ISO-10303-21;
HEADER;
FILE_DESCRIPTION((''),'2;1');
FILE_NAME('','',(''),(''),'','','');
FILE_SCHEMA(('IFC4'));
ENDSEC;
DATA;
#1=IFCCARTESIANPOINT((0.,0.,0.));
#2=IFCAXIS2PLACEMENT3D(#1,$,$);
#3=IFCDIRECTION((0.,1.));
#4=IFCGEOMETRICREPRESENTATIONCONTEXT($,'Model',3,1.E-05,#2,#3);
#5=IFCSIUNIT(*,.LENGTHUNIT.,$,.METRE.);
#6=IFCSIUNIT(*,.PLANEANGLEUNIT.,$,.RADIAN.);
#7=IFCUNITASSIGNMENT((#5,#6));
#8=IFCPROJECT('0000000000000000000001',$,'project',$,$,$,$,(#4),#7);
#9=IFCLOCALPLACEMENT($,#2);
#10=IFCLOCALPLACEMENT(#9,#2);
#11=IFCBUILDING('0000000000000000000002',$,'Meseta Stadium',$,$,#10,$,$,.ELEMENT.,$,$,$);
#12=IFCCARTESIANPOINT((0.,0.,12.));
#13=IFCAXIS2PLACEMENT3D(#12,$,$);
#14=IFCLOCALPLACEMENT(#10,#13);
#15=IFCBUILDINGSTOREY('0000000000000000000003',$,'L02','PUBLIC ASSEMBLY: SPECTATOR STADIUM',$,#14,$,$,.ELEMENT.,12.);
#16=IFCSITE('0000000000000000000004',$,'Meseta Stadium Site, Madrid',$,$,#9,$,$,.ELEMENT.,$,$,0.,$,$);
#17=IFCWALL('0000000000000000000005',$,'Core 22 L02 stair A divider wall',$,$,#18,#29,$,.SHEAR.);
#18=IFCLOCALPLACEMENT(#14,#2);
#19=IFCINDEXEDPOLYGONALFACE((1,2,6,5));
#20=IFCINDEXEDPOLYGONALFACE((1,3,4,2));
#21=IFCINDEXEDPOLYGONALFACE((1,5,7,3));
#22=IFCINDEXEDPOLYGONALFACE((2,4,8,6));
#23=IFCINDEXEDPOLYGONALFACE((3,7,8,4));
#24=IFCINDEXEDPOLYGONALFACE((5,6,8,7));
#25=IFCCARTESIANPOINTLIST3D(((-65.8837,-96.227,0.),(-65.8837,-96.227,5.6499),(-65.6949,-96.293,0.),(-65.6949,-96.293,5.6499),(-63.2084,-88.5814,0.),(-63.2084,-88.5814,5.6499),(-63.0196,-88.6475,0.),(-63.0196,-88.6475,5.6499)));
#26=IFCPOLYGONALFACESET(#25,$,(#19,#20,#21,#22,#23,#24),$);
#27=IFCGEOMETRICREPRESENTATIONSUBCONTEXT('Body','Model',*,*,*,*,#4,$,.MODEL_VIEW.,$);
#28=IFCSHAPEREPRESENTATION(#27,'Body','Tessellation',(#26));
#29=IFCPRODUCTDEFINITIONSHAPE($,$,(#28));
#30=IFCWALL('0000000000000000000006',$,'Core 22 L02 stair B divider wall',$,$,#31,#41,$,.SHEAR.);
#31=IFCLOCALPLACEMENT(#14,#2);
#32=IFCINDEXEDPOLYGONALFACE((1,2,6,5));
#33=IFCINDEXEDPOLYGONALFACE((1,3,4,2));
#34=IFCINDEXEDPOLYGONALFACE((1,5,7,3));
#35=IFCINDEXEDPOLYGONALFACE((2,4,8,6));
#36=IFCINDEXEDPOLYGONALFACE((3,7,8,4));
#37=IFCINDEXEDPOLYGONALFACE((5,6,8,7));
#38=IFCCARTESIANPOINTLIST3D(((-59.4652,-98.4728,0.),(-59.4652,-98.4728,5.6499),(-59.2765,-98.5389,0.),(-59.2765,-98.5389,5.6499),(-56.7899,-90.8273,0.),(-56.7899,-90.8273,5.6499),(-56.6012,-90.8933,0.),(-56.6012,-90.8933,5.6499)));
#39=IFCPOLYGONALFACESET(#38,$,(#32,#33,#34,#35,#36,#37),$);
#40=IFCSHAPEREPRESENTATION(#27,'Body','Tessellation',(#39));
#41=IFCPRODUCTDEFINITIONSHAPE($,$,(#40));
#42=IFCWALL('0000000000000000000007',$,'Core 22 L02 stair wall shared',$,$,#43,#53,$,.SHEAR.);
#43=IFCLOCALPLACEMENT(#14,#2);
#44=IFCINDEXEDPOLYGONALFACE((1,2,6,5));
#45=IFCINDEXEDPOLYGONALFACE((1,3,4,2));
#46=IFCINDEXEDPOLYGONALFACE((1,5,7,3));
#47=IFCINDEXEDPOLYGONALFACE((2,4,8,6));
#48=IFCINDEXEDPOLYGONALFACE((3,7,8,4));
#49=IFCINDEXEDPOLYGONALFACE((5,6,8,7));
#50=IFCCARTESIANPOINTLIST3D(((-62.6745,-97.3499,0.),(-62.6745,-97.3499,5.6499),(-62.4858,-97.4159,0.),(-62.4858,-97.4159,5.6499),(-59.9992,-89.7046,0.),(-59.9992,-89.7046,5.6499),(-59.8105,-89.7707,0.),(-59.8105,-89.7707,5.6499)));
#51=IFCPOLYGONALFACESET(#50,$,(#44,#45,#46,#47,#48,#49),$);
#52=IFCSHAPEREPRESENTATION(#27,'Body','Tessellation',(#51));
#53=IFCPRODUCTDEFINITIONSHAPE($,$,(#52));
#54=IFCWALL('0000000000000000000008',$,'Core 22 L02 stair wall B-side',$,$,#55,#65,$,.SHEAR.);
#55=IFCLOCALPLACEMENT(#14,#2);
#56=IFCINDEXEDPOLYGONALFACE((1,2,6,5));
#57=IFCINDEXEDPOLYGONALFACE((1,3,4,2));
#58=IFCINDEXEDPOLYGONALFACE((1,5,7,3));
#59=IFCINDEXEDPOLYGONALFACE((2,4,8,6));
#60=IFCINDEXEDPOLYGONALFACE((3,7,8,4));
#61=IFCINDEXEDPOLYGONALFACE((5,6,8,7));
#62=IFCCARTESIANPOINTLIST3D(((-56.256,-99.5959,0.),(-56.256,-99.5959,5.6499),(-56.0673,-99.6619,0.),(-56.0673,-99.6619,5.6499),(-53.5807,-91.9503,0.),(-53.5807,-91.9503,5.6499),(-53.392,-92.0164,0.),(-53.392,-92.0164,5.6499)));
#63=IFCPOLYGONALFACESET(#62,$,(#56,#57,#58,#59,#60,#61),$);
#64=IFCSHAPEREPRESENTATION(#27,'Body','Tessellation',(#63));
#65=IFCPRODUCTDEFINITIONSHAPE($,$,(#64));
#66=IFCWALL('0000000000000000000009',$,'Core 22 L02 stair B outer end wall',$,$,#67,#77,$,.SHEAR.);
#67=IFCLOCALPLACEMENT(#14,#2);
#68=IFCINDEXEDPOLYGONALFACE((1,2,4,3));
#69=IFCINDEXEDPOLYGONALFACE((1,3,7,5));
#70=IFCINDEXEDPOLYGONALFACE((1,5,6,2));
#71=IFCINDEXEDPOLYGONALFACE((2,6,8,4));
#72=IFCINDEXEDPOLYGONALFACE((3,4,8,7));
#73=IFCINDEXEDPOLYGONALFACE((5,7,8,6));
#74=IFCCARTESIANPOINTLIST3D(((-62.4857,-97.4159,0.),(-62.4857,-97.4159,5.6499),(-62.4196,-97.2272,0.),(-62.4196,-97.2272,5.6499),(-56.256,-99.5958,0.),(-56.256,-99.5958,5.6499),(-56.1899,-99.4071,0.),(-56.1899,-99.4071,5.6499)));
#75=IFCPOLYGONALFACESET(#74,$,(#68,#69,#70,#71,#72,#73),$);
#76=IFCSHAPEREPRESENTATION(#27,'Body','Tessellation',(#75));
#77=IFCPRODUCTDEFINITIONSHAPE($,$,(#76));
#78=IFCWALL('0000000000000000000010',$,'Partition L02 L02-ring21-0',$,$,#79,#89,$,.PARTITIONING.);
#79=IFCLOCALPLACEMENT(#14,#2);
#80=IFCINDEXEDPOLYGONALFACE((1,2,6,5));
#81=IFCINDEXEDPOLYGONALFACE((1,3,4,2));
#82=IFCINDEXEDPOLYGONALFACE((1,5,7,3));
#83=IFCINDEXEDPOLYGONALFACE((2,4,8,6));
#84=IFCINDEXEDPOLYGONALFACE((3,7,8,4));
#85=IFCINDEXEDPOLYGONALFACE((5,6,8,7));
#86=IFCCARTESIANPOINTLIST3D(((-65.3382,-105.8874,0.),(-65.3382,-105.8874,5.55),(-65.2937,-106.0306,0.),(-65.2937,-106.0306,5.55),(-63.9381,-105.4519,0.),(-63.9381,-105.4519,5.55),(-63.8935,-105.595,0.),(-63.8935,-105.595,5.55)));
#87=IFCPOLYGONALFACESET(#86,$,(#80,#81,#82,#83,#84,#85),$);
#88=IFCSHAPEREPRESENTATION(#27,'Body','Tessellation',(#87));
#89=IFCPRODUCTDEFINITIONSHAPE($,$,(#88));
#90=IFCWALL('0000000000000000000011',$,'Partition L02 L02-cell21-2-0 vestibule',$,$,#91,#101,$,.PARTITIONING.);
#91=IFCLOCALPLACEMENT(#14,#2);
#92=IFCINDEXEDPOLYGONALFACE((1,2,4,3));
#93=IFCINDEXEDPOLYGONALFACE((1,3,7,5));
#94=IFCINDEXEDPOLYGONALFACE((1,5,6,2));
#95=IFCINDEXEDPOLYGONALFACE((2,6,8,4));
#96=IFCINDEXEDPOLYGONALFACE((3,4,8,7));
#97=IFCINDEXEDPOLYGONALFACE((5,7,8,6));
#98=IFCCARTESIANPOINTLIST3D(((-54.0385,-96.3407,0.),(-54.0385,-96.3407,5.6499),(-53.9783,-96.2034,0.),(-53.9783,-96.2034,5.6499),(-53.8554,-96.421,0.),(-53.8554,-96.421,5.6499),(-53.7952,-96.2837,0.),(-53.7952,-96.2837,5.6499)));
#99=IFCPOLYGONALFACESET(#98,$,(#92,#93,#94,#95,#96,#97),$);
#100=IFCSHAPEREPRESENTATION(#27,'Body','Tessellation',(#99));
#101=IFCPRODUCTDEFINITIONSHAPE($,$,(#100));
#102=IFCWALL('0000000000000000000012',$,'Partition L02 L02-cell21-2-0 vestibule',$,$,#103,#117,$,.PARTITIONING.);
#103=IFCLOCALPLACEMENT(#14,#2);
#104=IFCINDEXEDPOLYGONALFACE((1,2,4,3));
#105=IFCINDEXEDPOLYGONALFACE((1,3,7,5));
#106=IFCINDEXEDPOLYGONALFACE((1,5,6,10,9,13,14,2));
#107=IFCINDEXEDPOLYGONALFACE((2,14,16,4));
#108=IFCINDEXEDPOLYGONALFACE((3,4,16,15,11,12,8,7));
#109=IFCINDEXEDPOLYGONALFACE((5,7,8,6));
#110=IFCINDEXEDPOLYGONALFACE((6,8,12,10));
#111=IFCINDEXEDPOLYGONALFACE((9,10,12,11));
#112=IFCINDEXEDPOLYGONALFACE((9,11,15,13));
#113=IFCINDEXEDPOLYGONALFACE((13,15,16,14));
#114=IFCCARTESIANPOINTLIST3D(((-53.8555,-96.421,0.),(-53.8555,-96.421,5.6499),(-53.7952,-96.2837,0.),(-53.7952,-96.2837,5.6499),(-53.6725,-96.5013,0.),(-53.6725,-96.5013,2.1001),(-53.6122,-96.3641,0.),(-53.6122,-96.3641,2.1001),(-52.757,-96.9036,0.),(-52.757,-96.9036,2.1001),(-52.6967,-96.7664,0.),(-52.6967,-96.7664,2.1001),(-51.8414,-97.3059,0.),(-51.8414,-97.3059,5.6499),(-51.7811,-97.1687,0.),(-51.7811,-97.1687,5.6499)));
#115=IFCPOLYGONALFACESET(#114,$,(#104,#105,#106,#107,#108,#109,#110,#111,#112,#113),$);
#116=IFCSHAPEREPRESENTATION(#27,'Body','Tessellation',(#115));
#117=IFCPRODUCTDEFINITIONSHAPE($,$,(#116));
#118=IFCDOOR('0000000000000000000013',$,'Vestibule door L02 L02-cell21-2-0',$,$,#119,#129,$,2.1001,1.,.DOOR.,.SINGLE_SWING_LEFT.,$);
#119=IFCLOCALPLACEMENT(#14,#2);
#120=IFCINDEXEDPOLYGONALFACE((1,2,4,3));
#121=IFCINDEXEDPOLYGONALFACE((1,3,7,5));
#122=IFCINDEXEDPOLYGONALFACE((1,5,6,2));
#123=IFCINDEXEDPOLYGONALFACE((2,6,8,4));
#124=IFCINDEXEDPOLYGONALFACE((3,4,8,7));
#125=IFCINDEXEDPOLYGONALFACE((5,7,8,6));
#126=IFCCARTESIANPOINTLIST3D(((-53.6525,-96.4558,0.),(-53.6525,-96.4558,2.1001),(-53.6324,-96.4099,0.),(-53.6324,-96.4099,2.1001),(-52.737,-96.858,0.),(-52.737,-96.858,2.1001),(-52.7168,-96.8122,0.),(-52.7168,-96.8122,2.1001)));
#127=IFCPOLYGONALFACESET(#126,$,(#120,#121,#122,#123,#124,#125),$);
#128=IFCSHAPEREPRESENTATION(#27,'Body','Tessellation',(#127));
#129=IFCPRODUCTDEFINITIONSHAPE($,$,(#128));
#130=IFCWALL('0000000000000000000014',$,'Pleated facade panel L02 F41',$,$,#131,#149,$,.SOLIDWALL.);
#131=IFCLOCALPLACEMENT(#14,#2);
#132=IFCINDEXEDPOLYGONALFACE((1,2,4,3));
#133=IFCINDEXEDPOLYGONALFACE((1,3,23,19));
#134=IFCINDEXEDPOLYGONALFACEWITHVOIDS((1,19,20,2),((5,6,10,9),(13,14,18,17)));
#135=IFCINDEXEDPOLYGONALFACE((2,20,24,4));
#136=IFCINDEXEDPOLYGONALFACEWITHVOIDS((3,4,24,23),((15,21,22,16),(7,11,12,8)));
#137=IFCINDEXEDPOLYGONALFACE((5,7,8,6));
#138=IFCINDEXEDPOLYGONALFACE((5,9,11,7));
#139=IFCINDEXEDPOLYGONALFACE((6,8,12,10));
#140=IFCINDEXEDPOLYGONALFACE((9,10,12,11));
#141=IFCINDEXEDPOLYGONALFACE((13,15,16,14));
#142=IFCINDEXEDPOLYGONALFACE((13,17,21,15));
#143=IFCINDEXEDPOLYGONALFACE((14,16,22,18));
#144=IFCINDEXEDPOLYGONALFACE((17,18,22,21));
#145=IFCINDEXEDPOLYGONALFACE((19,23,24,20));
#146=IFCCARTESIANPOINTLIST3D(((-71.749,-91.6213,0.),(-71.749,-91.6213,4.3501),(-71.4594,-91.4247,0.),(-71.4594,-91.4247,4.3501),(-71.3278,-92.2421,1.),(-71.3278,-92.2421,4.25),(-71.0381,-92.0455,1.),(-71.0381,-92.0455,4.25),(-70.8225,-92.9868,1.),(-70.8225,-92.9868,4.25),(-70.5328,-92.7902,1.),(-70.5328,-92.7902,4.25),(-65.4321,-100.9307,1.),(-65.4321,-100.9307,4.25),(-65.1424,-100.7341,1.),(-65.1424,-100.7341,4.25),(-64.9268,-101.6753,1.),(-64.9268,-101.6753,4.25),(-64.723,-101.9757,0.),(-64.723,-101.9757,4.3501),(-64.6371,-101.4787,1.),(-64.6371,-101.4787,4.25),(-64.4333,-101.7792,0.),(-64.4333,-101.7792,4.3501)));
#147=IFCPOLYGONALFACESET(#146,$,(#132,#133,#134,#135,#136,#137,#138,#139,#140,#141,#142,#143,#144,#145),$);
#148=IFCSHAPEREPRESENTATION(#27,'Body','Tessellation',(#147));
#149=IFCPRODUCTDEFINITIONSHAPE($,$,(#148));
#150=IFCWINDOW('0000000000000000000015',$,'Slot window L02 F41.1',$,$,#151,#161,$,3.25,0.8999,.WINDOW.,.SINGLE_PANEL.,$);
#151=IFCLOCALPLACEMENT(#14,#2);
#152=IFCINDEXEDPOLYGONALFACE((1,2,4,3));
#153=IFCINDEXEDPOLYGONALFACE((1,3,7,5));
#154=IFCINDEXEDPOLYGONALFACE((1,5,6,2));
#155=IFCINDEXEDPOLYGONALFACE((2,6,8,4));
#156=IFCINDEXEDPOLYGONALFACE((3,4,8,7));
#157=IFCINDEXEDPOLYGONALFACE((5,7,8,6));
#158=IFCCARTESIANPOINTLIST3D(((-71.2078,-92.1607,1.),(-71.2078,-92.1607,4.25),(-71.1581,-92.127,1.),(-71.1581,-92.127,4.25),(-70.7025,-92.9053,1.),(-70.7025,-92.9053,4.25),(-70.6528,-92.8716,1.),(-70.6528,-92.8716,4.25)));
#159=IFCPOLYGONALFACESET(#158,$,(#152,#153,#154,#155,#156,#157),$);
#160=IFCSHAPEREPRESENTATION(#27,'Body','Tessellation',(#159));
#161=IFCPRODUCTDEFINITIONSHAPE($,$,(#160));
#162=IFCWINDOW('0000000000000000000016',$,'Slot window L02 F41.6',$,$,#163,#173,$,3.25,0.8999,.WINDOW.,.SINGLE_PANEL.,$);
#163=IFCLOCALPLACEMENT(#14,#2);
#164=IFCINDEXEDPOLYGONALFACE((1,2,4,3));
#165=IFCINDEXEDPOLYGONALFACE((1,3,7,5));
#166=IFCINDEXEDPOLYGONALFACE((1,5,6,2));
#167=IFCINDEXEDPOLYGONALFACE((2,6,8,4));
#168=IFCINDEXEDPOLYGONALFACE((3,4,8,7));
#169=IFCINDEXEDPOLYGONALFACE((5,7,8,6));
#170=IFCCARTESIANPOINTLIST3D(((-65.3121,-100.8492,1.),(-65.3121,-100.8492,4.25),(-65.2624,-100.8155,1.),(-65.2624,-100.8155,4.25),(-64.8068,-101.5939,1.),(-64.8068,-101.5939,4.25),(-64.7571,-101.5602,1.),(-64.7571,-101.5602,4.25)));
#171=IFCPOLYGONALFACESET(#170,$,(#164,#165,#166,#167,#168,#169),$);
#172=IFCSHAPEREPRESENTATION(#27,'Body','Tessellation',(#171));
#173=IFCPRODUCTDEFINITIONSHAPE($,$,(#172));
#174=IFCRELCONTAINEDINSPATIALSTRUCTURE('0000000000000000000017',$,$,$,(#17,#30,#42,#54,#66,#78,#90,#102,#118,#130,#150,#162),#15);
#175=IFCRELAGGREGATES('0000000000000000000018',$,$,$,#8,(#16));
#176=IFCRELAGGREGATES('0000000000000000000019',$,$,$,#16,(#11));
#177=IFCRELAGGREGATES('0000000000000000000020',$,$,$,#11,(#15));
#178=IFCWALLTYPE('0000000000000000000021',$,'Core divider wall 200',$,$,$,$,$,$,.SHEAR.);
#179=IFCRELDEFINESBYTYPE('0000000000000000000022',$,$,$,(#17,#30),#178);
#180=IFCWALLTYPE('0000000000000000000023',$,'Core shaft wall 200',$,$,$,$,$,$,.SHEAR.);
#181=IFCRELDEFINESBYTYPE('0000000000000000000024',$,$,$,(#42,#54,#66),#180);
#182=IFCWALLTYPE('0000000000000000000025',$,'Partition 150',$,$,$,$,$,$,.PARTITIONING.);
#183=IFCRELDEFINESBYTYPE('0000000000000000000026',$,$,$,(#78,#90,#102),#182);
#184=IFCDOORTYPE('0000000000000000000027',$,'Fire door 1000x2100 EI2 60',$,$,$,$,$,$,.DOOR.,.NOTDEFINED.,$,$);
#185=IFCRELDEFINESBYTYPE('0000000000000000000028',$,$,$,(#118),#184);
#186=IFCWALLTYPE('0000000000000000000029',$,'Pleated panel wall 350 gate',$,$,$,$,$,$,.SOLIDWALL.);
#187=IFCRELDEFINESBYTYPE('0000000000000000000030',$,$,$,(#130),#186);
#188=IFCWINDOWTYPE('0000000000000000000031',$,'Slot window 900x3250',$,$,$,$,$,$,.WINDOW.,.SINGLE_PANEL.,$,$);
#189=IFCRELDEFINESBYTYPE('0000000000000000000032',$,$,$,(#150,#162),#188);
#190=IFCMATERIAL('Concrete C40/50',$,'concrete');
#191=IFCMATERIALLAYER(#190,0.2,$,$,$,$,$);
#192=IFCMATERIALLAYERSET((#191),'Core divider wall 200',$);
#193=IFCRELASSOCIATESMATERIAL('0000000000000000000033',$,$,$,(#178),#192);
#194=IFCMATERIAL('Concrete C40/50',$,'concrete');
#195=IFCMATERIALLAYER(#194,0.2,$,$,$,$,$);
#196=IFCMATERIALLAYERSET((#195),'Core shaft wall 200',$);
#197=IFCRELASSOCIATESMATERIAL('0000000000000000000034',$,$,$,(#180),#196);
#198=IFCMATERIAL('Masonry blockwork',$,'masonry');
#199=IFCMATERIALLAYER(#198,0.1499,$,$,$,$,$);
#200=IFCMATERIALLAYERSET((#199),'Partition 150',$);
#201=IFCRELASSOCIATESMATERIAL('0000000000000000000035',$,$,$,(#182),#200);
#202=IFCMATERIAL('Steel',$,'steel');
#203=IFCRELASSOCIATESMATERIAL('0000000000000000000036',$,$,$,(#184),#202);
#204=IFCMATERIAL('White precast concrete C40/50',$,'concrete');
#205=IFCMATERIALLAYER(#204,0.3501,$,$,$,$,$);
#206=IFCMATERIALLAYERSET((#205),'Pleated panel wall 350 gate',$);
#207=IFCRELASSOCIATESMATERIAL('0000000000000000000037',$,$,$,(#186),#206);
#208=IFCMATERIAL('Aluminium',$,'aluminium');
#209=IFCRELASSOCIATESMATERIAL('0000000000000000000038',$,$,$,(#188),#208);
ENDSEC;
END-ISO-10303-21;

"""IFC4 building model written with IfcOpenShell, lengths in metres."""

from ifc_helpers import new_model, si_unit, direction, frame, frame_2d, origin, place, context, subcontext, project, spatial, rectangle, extrude, material, layer, layer_set, type_object, element, fill, save


model = new_model("IFC4")

# Units and contexts
model_context = context("Model", 3, precision=1e-05, world=origin(), true_north=direction((0.0, 1.0)))
body_context = subcontext(model_context, "Body", "Model", "MODEL_VIEW")
ifc_project = project(units=[si_unit("LENGTHUNIT", "METRE"), si_unit("PLANEANGLEUNIT", "RADIAN")], contexts=[model_context])

# Site, building, storey
site_placement = place(None, origin())
site = spatial("IfcSite", under=ifc_project, at=site_placement, Name="Meseta Stadium Site, Madrid", CompositionType="ELEMENT", RefElevation=0.0)
building_placement = place(site_placement, origin())
building = spatial("IfcBuilding", under=site, at=building_placement, Name="Meseta Stadium", CompositionType="ELEMENT")
storey_placement = place(building_placement, frame((0.0, 0.0, 12.0)))
storey = spatial("IfcBuildingStorey", under=building, at=storey_placement, Name="L02", Description="PUBLIC ASSEMBLY: SPECTATOR STADIUM", CompositionType="ELEMENT", Elevation=12.0)

# Walls
ifc_material_1 = material(Name="Concrete C40/50", Category="concrete")
ifc_layer_1 = layer(ifc_material_1, 0.2)
ifc_layer_set_1 = layer_set([ifc_layer_1], Name="Core divider wall 200")
wall_type_1 = type_object("IfcWallType", Name="Core divider wall 200", PredefinedType="SHEAR", material=ifc_layer_set_1)
for number, where, z_axis, x_axis, name in (
    (1, (-65.7893, -96.26, 0.0), (0.0, 0.0, 1.0), (0.330281, 0.943883, 0.0), "Core 22 L02 stair A divider wall"),
    (2, (-59.3708, -98.5059, 0.0), (0.0, 0.0, 1.0), (0.330281, 0.943883, 0.0), "Core 22 L02 stair B divider wall"),
):
    element("IfcWall", number, at=place(storey_placement, frame(where, z_axis=z_axis, x_axis=x_axis)), inside=storey, type_object=wall_type_1, Name=name, PredefinedType="SHEAR", context=body_context, shape_type="SweptSolid", body=[
        extrude(rectangle(XDim=8.1001, YDim=0.2, at=frame_2d((4.05, 0.0))), origin(), (0.0, 0.0, 1.0), 5.6499),
    ])
ifc_material_2 = material(Name="Concrete C40/50", Category="concrete")
ifc_layer_2 = layer(ifc_material_2, 0.2)
ifc_layer_set_2 = layer_set([ifc_layer_2], Name="Core shaft wall 200")
wall_type_2 = type_object("IfcWallType", Name="Core shaft wall 200", PredefinedType="SHEAR", material=ifc_layer_set_2)
wall_1_placement = place(storey_placement, frame((-62.5801, -97.3828, 0.0), z_axis=(0.0, 0.0, 1.0), x_axis=(0.33029, 0.94388, 0.0)))
element("IfcWall", 3, at=wall_1_placement, inside=storey, type_object=wall_type_2, Name="Core 22 L02 stair wall shared", PredefinedType="SHEAR", context=body_context, shape_type="SweptSolid", body=[
    extrude(rectangle(XDim=8.0999, YDim=0.2, at=frame_2d((4.0498, 0.0))), origin(), (0.0, 0.0, 1.0), 5.6499),
])
wall_2_placement = place(storey_placement, frame((-56.1616, -99.6289, 0.0), z_axis=(0.0, 0.0, 1.0), x_axis=(0.330281, 0.943883, 0.0)))
element("IfcWall", 4, at=wall_2_placement, inside=storey, type_object=wall_type_2, Name="Core 22 L02 stair wall B-side", PredefinedType="SHEAR", context=body_context, shape_type="SweptSolid", body=[
    extrude(rectangle(XDim=8.1001, YDim=0.2, at=frame_2d((4.05, 0.0))), origin(), (0.0, 0.0, 1.0), 5.6499),
])
wall_3_placement = place(storey_placement, frame((-62.4526, -97.3215, 0.0), z_axis=(0.0, 0.0, 1.0), x_axis=(0.943881, -0.330286, 0.0)))
element("IfcWall", 5, at=wall_3_placement, inside=storey, type_object=wall_type_2, Name="Core 22 L02 stair B outer end wall", PredefinedType="SHEAR", context=body_context, shape_type="SweptSolid", body=[
    extrude(rectangle(XDim=6.6001, YDim=0.2, at=frame_2d((3.3, 0.0))), origin(), (0.0, 0.0, 1.0), 5.6499),
])
ifc_material_3 = material(Name="Masonry blockwork", Category="masonry")
ifc_layer_3 = layer(ifc_material_3, 0.1499)
ifc_layer_set_3 = layer_set([ifc_layer_3], Name="Partition 150")
wall_type_3 = type_object("IfcWallType", Name="Partition 150", PredefinedType="PARTITIONING", material=ifc_layer_set_3)
wall_4_placement = place(storey_placement, frame((-65.3159, -105.959, 0.0), z_axis=(0.0, 0.0, 1.0), x_axis=(0.954867, 0.297033, 0.0)))
element("IfcWall", 6, at=wall_4_placement, inside=storey, type_object=wall_type_3, Name="Partition L02 L02-ring21-0", PredefinedType="PARTITIONING", context=body_context, shape_type="SweptSolid", body=[
    extrude(rectangle(XDim=1.4663, YDim=0.1499, at=frame_2d((0.7332, 0.0))), origin(), (0.0, 0.0, 1.0), 5.55),
])
wall_5_placement = place(storey_placement, frame((-54.0085, -96.272, 0.0), z_axis=(0.0, 0.0, 1.0), x_axis=(0.915765, -0.401715, 0.0)))
element("IfcWall", 7, at=wall_5_placement, inside=storey, type_object=wall_type_3, Name="Partition L02 L02-cell21-2-0 vestibule", PredefinedType="PARTITIONING", context=body_context, shape_type="SweptSolid", body=[
    extrude(rectangle(XDim=0.2, YDim=0.1499, at=frame_2d((0.1001, 0.0))), origin(), (0.0, 0.0, 1.0), 5.6499),
])

# Wall, opening, door
wall_6_placement = place(storey_placement, frame((-53.8254, -96.3523, 0.0), z_axis=(0.0, 0.0, 1.0), x_axis=(0.915519, -0.402274, 0.0)))
wall_6 = element("IfcWall", 8, at=wall_6_placement, inside=storey, type_object=wall_type_3, Name="Partition L02 L02-cell21-2-0 vestibule", PredefinedType="PARTITIONING", context=body_context, shape_type="SweptSolid", body=[
    extrude(rectangle(XDim=2.2, YDim=0.1499, at=frame_2d((1.1001, 0.0))), origin(), (0.0, 0.0, 1.0), 5.6499),
])
opening_1_placement = place(wall_6_placement, frame((0.2, 0.0, 0.0)))
opening_1 = element("IfcOpeningElement", 9, at=opening_1_placement, cuts=wall_6, PredefinedType="OPENING", context=body_context, shape_type="SweptSolid", body=[
    extrude(rectangle(XDim=1.0, YDim=2.1001, at=frame_2d((0.5, 1.05))), frame((0.0, 0.085, 0.0), z_axis=(0.0, -1.0, 0.0), x_axis=(1.0, 0.0, 0.0)), (0.0, 0.0, 1.0), 0.1699),
])
ifc_material_4 = material(Name="Steel", Category="steel")
door_type = type_object("IfcDoorType", Name="Fire door 1000x2100 EI2 60", OperationType="NOTDEFINED", PredefinedType="DOOR", material=ifc_material_4)
door_placement = place(opening_1_placement, origin())
door = element("IfcDoor", 10, at=door_placement, inside=storey, type_object=door_type, Name="Vestibule door L02 L02-cell21-2-0", OperationType="SINGLE_SWING_LEFT", OverallHeight=2.1001, OverallWidth=1.0, PredefinedType="DOOR", context=body_context, shape_type="SweptSolid", body=[
    extrude(rectangle(XDim=1.0, YDim=2.1001, at=frame_2d((0.5, 1.05))), frame((0.0, 0.0249, 0.0), z_axis=(0.0, -1.0, 0.0), x_axis=(1.0, 0.0, 0.0)), (0.0, 0.0, 1.0), 0.05),
])
fill(opening_1, door)

# Wall, openings, windows
ifc_material_5 = material(Name="White precast concrete C40/50", Category="concrete")
ifc_layer_4 = layer(ifc_material_5, 0.3501)
ifc_layer_set_4 = layer_set([ifc_layer_4], Name="Pleated panel wall 350 gate")
wall_type_4 = type_object("IfcWallType", Name="Pleated panel wall 350 gate", PredefinedType="SOLIDWALL", material=ifc_layer_set_4)
wall_7_placement = place(storey_placement, frame((-64.5781, -101.8774, 0.0), z_axis=(0.0, 0.0, 1.0), x_axis=(-0.561494, 0.827481, 0.0)))
wall_7 = element("IfcWall", 11, at=wall_7_placement, inside=storey, type_object=wall_type_4, Name="Pleated facade panel L02 F41", PredefinedType="SOLIDWALL", context=body_context, shape_type="SweptSolid", body=[
    extrude(rectangle(XDim=12.5132, YDim=0.3501, at=frame_2d((6.2566, 0.0))), origin(), (0.0, 0.0, 1.0), 4.3501),
])
opening_2_placement = place(wall_7_placement, frame((10.863, 0.0, 1.0)))
opening_2 = element("IfcOpeningElement", 12, at=opening_2_placement, cuts=wall_7, PredefinedType="OPENING", context=body_context, shape_type="SweptSolid", body=[
    extrude(rectangle(XDim=0.8999, YDim=3.25, at=frame_2d((0.45, 1.625))), frame((0.0, 0.1851, 0.0), z_axis=(0.0, -1.0, 0.0), x_axis=(1.0, 0.0, 0.0)), (0.0, 0.0, 1.0), 0.3701),
])
opening_3_placement = place(wall_7_placement, frame((0.363, 0.0, 1.0)))
opening_3 = element("IfcOpeningElement", 13, at=opening_3_placement, cuts=wall_7, PredefinedType="OPENING", context=body_context, shape_type="SweptSolid", body=[
    extrude(rectangle(XDim=0.8999, YDim=3.25, at=frame_2d((0.45, 1.625))), frame((0.0, 0.1851, 0.0), z_axis=(0.0, -1.0, 0.0), x_axis=(1.0, 0.0, 0.0)), (0.0, 0.0, 1.0), 0.3701),
])
ifc_material_6 = material(Name="Aluminium", Category="aluminium")
window_type = type_object("IfcWindowType", Name="Slot window 900x3250", PartitioningType="SINGLE_PANEL", PredefinedType="WINDOW", material=ifc_material_6)
window_1_placement = place(opening_2_placement, origin())
window_1 = element("IfcWindow", 14, at=window_1_placement, inside=storey, type_object=window_type, Name="Slot window L02 F41.1", OverallHeight=3.25, OverallWidth=0.8999, PartitioningType="SINGLE_PANEL", PredefinedType="WINDOW", context=body_context, shape_type="SweptSolid", body=[
    extrude(rectangle(XDim=0.8999, YDim=3.25, at=frame_2d((0.45, 1.625))), frame((0.0, 0.03, 0.0), z_axis=(0.0, -1.0, 0.0), x_axis=(1.0, 0.0, 0.0)), (0.0, 0.0, 1.0), 0.0601),
])
fill(opening_2, window_1)
window_2_placement = place(opening_3_placement, origin())
window_2 = element("IfcWindow", 15, at=window_2_placement, inside=storey, type_object=window_type, Name="Slot window L02 F41.6", OverallHeight=3.25, OverallWidth=0.8999, PartitioningType="SINGLE_PANEL", PredefinedType="WINDOW", context=body_context, shape_type="SweptSolid", body=[
    extrude(rectangle(XDim=0.8999, YDim=3.25, at=frame_2d((0.45, 1.625))), frame((0.0, 0.03, 0.0), z_axis=(0.0, -1.0, 0.0), x_axis=(1.0, 0.0, 0.0)), (0.0, 0.0, 1.0), 0.0601),
])
fill(opening_3, window_2)

save(model, "model.ifc")
